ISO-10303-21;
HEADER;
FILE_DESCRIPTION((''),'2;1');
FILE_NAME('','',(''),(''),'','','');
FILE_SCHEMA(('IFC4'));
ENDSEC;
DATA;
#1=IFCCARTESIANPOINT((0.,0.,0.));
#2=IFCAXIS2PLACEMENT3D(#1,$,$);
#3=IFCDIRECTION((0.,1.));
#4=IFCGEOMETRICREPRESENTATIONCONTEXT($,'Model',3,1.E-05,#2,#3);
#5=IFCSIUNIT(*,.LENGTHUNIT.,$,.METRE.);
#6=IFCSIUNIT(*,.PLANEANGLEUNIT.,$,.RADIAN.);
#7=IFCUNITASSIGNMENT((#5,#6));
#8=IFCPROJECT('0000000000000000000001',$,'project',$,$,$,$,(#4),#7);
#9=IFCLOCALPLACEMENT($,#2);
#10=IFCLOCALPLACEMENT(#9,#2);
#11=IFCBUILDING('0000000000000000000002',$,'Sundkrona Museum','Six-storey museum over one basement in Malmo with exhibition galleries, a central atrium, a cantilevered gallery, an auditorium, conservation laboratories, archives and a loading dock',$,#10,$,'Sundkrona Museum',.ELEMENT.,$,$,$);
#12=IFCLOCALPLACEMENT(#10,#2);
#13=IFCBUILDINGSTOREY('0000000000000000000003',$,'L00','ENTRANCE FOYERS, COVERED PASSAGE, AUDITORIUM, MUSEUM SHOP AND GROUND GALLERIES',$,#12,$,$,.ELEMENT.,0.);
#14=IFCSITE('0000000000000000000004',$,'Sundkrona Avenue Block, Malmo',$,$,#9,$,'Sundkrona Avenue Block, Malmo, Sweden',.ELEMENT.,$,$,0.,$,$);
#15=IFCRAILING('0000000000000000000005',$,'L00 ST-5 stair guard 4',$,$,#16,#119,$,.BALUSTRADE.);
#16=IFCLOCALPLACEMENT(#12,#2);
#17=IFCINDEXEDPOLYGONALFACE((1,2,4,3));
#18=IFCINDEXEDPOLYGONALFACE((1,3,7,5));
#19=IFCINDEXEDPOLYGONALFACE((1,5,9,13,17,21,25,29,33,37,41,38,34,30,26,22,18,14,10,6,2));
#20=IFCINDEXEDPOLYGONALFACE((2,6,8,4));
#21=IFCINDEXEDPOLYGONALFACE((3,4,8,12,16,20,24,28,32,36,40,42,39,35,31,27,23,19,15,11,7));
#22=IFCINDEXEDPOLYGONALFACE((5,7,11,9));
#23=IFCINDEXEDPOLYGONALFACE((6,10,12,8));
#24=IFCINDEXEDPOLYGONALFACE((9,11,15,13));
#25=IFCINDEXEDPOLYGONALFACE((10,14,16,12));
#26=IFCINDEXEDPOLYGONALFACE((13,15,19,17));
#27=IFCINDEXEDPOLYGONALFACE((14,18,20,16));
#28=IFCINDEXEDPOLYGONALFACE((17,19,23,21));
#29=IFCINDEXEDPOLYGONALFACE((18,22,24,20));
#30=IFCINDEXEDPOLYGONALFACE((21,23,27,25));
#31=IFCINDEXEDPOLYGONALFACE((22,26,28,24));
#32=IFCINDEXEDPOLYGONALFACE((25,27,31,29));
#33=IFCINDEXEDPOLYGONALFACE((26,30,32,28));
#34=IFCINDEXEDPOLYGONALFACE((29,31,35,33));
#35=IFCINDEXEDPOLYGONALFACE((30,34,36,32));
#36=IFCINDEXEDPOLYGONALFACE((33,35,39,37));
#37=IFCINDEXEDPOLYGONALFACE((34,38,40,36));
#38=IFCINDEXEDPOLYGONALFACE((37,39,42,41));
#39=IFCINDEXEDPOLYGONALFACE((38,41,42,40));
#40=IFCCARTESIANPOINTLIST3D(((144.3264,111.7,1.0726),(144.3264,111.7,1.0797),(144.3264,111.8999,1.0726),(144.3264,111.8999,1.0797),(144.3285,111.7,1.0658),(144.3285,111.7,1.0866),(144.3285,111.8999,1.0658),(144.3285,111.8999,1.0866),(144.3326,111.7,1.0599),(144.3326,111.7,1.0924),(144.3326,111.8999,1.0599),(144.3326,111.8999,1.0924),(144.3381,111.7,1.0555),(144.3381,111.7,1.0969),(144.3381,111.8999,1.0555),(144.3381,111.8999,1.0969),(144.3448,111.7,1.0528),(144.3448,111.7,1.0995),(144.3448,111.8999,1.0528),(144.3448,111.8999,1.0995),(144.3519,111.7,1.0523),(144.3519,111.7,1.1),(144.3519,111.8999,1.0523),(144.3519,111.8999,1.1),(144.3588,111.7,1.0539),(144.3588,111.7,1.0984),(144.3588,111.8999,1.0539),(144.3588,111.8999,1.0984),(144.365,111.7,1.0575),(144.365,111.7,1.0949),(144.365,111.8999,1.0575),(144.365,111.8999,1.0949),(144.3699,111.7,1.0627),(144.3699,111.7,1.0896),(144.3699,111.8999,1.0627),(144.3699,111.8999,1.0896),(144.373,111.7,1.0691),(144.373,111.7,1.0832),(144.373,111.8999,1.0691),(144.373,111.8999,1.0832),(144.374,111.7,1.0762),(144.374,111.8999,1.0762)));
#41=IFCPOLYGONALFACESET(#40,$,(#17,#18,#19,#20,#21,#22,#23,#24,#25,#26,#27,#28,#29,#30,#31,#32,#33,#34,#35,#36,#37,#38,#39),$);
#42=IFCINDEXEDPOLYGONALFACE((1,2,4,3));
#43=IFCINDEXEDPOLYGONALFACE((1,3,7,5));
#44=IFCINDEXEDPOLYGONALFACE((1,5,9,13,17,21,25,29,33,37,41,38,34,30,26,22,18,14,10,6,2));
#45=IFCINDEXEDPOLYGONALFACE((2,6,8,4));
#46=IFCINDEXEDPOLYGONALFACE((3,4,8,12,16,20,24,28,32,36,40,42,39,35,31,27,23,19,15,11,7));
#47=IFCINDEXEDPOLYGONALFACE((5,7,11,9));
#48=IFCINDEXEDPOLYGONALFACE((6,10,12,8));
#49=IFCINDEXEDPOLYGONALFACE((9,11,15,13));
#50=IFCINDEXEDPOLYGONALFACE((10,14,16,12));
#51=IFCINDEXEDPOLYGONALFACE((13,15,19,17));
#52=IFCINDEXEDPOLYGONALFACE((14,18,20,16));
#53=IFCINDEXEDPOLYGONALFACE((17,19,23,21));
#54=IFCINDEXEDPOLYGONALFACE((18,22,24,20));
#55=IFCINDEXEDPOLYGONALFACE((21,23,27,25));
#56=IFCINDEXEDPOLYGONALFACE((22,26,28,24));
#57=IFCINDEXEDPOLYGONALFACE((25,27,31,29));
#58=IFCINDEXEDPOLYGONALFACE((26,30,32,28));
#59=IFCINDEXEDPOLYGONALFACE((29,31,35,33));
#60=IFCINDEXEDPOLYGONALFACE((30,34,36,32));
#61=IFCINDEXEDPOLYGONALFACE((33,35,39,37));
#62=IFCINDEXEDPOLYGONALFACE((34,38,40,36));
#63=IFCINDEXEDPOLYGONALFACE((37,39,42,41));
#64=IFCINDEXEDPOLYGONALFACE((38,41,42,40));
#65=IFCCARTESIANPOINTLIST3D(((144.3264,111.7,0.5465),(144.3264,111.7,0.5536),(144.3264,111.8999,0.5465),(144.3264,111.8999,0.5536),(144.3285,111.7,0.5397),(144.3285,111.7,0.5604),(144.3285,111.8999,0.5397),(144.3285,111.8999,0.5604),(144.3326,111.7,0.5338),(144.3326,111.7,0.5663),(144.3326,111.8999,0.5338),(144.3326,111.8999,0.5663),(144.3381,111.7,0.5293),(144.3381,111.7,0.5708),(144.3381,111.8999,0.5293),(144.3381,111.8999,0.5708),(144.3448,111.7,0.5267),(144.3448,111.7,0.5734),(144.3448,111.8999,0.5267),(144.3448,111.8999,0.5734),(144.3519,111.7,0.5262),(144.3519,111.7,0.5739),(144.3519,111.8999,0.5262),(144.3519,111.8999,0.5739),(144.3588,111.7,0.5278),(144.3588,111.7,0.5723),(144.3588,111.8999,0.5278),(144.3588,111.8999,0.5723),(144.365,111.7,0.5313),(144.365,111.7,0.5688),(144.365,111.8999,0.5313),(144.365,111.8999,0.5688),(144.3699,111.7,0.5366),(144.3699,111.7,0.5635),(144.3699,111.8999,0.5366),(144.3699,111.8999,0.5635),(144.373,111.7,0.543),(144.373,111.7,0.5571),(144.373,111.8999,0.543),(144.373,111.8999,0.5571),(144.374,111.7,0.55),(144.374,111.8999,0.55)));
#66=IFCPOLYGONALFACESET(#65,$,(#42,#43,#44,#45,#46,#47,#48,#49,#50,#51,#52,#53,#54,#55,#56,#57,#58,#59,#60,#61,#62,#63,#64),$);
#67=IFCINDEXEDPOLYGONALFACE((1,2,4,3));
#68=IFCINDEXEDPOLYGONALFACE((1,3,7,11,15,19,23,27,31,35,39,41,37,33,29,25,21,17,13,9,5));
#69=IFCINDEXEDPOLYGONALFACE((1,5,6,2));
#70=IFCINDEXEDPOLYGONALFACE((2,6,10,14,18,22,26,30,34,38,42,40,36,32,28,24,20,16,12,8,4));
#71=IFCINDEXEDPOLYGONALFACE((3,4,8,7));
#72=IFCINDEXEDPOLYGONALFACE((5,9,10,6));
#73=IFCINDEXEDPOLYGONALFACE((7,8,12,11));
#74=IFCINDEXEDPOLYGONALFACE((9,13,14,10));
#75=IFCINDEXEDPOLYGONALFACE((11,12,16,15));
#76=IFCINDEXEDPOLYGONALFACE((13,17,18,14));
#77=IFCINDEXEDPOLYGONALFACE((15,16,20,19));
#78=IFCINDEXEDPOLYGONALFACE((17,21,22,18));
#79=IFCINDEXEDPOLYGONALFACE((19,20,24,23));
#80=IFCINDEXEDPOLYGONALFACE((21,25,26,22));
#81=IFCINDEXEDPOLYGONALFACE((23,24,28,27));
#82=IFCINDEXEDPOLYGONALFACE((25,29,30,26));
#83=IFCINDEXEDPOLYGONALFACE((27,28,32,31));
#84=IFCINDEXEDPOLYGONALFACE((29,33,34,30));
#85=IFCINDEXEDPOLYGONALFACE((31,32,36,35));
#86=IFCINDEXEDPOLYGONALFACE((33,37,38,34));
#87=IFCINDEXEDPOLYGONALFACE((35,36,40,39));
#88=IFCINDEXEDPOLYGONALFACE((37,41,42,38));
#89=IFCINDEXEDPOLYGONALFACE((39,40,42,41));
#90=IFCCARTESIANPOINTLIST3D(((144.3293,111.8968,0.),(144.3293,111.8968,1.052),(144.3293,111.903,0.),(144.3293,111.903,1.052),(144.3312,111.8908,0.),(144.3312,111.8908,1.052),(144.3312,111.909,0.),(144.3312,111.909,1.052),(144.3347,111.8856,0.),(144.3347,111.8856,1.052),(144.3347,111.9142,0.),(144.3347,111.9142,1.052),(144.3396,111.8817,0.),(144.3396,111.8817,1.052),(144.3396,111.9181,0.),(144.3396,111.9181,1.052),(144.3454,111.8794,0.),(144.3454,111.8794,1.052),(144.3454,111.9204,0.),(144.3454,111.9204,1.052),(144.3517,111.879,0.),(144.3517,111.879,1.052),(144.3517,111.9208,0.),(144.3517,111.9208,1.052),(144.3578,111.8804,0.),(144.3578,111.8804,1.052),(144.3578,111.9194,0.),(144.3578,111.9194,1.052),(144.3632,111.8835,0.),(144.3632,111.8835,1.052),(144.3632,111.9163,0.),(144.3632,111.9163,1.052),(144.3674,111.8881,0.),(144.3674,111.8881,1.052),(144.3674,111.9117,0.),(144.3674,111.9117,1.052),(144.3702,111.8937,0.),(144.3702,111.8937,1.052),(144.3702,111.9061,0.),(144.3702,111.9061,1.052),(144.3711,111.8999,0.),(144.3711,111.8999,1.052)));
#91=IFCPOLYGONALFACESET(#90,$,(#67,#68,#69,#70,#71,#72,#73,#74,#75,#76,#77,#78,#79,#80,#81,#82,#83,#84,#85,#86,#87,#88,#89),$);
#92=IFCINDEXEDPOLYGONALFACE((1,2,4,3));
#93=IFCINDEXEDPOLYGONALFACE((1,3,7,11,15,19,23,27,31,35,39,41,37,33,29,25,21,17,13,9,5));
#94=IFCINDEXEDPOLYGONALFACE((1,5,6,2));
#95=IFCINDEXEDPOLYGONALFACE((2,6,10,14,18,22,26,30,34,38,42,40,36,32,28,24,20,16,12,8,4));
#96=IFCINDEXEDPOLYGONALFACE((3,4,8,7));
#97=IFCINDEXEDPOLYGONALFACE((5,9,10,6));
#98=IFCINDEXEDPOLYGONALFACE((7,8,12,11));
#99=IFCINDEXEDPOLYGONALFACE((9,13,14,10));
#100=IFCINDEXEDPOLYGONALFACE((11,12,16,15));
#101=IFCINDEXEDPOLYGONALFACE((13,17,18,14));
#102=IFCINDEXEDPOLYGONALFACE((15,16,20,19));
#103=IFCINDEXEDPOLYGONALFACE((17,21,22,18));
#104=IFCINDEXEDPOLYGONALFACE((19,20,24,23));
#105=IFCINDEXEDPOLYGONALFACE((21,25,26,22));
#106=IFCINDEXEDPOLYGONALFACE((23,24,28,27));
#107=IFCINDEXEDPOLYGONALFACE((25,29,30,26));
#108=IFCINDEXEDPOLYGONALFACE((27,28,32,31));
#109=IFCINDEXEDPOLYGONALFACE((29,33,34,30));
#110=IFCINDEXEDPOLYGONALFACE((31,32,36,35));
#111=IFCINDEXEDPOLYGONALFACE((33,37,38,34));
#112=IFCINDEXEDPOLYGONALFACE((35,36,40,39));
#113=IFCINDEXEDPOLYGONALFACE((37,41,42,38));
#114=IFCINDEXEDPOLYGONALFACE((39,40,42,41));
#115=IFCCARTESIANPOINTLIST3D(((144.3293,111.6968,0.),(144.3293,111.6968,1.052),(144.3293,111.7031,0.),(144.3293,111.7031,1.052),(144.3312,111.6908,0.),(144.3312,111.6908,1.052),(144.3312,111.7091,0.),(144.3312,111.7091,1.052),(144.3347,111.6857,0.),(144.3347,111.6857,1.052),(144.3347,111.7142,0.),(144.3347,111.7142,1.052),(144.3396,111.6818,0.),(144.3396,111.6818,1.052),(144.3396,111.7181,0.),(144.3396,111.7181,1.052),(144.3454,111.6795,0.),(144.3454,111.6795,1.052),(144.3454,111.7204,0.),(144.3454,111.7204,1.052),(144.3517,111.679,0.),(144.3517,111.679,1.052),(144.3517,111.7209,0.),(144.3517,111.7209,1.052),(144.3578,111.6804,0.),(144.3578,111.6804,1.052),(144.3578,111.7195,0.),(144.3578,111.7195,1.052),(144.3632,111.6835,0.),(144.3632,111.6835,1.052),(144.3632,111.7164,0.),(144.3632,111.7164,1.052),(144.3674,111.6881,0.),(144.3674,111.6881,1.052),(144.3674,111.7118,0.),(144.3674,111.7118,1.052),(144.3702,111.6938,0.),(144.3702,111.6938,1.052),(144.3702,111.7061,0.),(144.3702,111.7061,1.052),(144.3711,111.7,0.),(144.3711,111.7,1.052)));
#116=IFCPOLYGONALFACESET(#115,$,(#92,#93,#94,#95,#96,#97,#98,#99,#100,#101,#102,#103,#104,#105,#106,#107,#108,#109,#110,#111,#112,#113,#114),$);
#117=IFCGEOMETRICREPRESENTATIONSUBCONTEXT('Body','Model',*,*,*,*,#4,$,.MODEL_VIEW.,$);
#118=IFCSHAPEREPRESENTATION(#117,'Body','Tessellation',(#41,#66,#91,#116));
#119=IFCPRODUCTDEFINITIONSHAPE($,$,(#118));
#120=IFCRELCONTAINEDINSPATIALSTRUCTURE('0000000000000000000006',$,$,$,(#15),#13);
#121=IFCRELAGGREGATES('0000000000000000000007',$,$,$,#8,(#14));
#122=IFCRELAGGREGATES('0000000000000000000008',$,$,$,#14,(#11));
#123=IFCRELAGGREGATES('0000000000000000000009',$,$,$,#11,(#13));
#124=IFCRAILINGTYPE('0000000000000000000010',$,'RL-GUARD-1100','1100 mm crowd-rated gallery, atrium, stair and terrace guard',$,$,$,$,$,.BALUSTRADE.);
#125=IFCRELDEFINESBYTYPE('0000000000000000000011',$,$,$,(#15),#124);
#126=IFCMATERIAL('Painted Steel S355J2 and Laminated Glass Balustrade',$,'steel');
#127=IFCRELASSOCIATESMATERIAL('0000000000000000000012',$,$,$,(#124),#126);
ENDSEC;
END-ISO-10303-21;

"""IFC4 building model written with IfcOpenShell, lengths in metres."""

from ifc_helpers import new_model, si_unit, direction, frame, origin, origin_2d, place, context, subcontext, project, spatial, circle, extrude, material, type_object, element, save


model = new_model("IFC4")

# Units and contexts
model_context = context("Model", 3, precision=1e-05, world=origin(), true_north=direction((0.0, 1.0)))
body_context = subcontext(model_context, "Body", "Model", "MODEL_VIEW")
ifc_project = project(units=[si_unit("LENGTHUNIT", "METRE"), si_unit("PLANEANGLEUNIT", "RADIAN")], contexts=[model_context])

# Site, building, storey
site_placement = place(None, origin())
site = spatial("IfcSite", under=ifc_project, at=site_placement, Name="Sundkrona Avenue Block, Malmo", LongName="Sundkrona Avenue Block, Malmo, Sweden", CompositionType="ELEMENT", RefElevation=0.0)
building_placement = place(site_placement, origin())
building = spatial("IfcBuilding", under=site, at=building_placement, Name="Sundkrona Museum", Description="Six-storey museum over one basement in Malmo with exhibition galleries, a central atrium, a cantilevered gallery, an auditorium, conservation laboratories, archives and a loading dock", LongName="Sundkrona Museum", CompositionType="ELEMENT")
storey_placement = place(building_placement, origin())
storey = spatial("IfcBuildingStorey", under=building, at=storey_placement, Name="L00", Description="ENTRANCE FOYERS, COVERED PASSAGE, AUDITORIUM, MUSEUM SHOP AND GROUND GALLERIES", CompositionType="ELEMENT", Elevation=0.0)

# Railing
ifc_material_1 = material(Name="Painted Steel S355J2 and Laminated Glass Balustrade", Category="steel")
railing_type_1 = type_object("IfcRailingType", Name="RL-GUARD-1100", Description="1100 mm crowd-rated gallery, atrium, stair and terrace guard", PredefinedType="BALUSTRADE", material=ifc_material_1)
railing_1_placement = place(storey_placement, frame((144.3501, 111.8999, 0.0)))
element("IfcRailing", 1, at=railing_1_placement, inside=storey, type_object=railing_type_1, Name="L00 ST-5 stair guard 4", PredefinedType="BALUSTRADE", context=body_context, shape_type="SweptSolid", body=[
    extrude(circle(Radius=0.0239, at=origin_2d()), frame((0.0, 0.0, 1.0762), z_axis=(0.0, -1.0, 0.0), x_axis=(1.0, 0.0, 0.0)), (0.0, 0.0, 1.0), 0.2),
    extrude(circle(Radius=0.0239, at=origin_2d()), frame((0.0, 0.0, 0.55), z_axis=(0.0, -1.0, 0.0), x_axis=(1.0, 0.0, 0.0)), (0.0, 0.0, 1.0), 0.2),
    extrude(circle(Radius=0.021, at=origin_2d()), origin(), (0.0, 0.0, 1.0), 1.052),
    extrude(circle(Radius=0.021, at=origin_2d()), frame((0.0, -0.2, 0.0)), (0.0, 0.0, 1.0), 1.052),
])

save(model, "model.ifc")
